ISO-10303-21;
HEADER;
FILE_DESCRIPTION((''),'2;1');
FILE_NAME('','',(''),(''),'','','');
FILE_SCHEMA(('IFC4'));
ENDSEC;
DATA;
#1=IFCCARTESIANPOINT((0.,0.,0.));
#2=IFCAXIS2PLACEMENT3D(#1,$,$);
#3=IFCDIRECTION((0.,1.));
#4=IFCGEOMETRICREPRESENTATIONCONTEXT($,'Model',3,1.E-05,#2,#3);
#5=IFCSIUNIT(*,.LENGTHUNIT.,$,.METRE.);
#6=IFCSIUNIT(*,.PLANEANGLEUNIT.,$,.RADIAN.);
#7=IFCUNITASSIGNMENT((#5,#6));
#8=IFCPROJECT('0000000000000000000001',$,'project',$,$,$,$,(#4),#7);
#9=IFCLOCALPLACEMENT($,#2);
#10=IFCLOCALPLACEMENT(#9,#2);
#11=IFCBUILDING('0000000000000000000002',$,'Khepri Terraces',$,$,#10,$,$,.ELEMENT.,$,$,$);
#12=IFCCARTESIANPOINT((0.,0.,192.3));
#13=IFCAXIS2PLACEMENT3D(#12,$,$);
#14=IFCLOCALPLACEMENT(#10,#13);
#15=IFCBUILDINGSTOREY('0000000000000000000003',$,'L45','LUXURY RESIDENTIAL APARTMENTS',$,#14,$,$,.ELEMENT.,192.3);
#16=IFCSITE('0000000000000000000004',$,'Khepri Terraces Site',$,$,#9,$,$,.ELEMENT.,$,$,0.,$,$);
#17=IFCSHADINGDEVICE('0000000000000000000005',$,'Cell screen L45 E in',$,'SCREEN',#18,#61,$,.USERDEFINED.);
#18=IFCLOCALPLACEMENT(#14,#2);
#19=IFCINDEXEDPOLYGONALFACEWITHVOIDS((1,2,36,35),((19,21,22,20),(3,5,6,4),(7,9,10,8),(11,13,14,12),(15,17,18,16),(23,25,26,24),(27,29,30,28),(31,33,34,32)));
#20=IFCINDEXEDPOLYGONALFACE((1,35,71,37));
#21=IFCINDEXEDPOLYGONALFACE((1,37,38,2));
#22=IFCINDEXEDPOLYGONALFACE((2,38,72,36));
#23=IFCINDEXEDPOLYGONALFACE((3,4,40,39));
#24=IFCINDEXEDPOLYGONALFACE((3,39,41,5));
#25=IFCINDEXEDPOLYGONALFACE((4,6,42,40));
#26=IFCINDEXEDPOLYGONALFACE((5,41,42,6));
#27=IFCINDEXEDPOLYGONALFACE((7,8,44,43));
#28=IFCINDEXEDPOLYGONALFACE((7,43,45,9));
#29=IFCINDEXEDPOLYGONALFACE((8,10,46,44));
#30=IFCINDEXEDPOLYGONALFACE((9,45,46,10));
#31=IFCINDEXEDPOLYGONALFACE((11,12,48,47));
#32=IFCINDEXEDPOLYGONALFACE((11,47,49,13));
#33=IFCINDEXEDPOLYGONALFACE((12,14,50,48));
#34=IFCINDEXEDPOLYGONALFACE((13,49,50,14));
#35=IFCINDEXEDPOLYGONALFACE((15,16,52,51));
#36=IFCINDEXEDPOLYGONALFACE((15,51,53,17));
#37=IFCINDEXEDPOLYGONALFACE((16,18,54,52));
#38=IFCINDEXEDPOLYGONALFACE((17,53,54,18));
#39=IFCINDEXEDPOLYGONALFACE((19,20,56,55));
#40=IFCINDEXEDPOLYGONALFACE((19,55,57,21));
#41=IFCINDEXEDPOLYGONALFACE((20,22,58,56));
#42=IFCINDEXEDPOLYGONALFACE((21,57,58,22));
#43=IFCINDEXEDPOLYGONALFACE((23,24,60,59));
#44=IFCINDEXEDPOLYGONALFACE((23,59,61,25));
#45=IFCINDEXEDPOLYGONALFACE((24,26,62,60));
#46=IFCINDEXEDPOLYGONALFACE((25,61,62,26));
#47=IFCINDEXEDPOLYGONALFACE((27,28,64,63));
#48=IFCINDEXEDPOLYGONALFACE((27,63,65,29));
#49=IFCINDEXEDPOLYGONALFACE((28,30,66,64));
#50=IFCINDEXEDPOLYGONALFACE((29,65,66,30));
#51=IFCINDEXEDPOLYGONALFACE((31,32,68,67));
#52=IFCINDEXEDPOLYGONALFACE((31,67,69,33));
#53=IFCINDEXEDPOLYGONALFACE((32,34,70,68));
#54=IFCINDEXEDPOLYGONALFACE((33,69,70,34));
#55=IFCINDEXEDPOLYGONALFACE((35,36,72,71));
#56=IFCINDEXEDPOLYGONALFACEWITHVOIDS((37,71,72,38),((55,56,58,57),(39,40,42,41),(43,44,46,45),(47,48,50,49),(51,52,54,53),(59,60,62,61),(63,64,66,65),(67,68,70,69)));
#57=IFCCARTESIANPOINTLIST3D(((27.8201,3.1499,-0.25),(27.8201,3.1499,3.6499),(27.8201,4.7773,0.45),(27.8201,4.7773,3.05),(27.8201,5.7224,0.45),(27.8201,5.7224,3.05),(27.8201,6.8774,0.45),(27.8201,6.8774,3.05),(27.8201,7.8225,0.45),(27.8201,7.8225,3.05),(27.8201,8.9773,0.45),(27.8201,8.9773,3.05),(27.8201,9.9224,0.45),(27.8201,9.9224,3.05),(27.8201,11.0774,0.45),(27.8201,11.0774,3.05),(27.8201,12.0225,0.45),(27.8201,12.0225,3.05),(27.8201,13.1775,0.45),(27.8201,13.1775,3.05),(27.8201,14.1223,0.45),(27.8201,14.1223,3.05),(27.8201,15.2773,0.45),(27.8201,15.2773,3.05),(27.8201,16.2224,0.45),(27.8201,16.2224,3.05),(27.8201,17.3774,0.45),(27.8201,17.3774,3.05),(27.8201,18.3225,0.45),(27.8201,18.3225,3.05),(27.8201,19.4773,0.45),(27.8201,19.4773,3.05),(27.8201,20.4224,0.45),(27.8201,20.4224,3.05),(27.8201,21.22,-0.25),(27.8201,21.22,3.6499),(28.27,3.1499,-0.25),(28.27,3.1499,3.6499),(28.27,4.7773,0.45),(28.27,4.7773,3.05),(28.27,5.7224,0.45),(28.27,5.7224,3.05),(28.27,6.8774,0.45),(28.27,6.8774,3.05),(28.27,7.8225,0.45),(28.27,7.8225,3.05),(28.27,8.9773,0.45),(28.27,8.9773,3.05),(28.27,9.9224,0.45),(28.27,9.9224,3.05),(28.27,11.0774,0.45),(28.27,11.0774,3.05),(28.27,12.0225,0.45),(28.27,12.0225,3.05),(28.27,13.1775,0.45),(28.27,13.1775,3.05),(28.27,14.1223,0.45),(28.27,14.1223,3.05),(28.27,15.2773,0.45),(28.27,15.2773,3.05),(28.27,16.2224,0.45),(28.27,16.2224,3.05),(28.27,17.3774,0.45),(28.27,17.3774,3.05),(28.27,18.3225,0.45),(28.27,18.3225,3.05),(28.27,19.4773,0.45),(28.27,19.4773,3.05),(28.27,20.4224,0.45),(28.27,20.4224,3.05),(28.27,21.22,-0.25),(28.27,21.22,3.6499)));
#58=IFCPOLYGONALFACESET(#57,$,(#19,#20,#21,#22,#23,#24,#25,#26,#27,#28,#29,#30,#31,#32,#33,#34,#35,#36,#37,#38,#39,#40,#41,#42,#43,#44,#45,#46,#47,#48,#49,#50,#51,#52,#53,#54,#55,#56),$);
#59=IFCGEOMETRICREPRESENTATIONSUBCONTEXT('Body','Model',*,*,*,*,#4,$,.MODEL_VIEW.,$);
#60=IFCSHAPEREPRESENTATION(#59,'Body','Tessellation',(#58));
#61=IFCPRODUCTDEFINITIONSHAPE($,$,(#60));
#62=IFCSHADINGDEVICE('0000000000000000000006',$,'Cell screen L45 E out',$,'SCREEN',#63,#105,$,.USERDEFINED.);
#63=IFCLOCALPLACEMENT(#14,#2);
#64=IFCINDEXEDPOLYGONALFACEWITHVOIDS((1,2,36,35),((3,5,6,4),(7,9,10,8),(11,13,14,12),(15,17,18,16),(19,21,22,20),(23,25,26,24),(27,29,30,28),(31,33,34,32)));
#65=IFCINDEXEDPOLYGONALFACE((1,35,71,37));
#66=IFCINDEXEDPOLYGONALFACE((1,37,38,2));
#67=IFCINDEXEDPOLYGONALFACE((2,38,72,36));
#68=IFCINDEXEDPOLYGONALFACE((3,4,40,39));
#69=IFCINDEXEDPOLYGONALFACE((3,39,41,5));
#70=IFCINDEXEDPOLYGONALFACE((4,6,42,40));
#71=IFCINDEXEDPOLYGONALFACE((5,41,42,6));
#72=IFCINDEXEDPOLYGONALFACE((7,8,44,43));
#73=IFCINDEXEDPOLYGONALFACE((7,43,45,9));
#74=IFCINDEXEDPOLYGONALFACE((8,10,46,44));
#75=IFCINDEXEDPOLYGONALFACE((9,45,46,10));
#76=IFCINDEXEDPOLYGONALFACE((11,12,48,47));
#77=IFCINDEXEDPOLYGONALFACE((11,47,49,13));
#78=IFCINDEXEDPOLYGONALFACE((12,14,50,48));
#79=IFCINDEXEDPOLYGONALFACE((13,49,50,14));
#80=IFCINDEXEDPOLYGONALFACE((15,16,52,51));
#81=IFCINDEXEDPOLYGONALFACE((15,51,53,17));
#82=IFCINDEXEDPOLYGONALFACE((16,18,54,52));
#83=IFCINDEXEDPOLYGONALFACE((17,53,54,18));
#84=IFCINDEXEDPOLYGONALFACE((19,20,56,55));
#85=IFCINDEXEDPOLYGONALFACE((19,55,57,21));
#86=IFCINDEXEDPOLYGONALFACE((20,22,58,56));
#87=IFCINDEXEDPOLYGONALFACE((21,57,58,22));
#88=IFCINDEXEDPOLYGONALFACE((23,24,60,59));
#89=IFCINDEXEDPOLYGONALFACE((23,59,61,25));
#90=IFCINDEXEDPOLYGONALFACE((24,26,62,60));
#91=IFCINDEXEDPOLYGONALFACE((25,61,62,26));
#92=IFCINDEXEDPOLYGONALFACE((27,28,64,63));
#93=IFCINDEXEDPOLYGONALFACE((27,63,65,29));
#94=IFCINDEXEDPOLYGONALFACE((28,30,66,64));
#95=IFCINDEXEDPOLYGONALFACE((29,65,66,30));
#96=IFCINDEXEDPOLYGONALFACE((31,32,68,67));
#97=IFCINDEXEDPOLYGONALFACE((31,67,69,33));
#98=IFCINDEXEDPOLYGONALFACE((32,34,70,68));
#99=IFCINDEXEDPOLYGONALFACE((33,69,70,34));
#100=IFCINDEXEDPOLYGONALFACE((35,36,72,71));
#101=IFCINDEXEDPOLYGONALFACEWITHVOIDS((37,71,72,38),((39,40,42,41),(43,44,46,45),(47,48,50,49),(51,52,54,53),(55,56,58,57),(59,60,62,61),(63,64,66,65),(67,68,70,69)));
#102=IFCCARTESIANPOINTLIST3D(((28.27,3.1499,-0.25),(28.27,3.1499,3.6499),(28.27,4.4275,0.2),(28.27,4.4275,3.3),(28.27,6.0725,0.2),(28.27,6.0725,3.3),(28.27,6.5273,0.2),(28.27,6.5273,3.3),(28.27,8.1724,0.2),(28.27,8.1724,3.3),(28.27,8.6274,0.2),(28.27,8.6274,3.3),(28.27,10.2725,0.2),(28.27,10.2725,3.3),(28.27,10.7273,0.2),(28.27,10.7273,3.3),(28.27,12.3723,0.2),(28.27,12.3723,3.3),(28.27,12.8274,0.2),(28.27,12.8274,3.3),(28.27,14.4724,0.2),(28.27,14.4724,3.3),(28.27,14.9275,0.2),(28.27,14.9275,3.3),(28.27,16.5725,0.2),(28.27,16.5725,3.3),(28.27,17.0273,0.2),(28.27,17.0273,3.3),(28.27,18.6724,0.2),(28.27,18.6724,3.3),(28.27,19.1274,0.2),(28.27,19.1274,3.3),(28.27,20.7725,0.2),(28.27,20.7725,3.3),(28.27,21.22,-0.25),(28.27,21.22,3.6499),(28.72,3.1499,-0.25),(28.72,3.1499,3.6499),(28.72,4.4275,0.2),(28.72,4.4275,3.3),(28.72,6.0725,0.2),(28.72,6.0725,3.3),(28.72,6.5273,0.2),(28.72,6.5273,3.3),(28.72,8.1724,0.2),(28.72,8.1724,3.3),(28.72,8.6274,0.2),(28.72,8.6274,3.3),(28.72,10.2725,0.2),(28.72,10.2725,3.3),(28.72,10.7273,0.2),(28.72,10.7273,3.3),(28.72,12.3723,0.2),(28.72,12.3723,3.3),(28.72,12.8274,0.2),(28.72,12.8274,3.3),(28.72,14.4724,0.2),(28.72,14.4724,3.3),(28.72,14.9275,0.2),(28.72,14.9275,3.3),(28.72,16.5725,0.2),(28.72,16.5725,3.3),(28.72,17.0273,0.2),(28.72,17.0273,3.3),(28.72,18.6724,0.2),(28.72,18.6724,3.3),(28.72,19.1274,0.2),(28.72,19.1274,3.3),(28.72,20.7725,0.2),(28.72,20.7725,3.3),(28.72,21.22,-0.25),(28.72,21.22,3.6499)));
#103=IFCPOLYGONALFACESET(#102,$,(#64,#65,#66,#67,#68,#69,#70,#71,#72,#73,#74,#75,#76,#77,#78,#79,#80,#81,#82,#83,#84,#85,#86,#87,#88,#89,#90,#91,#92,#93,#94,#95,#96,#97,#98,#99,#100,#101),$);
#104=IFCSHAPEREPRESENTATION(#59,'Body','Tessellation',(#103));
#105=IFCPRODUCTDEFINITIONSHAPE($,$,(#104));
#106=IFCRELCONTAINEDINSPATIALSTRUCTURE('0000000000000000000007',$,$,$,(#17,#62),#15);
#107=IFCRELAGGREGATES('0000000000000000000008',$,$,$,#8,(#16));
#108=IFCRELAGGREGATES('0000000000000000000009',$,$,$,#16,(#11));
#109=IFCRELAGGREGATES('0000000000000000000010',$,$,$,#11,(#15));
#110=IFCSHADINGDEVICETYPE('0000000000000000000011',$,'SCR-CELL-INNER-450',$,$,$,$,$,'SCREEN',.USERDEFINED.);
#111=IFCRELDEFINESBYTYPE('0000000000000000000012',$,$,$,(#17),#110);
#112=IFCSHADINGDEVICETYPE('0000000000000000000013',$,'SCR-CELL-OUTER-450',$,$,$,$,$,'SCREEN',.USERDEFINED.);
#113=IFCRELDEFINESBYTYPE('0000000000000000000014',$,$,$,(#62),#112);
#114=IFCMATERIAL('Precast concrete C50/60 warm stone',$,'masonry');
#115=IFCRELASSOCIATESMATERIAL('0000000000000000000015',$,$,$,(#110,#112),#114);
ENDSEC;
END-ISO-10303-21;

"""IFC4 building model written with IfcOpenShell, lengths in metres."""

from ifc_helpers import new_model, si_unit, direction, frame, origin, place, context, subcontext, project, spatial, polyline, outline, extrude, material, type_object, element, save


model = new_model("IFC4")

# Units and contexts
model_context = context("Model", 3, precision=1e-05, world=origin(), true_north=direction((0.0, 1.0)))
body_context = subcontext(model_context, "Body", "Model", "MODEL_VIEW")
ifc_project = project(units=[si_unit("LENGTHUNIT", "METRE"), si_unit("PLANEANGLEUNIT", "RADIAN")], contexts=[model_context])

# Site, building, storey
site_placement = place(None, origin())
site = spatial("IfcSite", under=ifc_project, at=site_placement, Name="Khepri Terraces Site", CompositionType="ELEMENT", RefElevation=0.0)
building_placement = place(site_placement, origin())
building = spatial("IfcBuilding", under=site, at=building_placement, Name="Khepri Terraces", CompositionType="ELEMENT")
storey_placement = place(building_placement, frame((0.0, 0.0, 192.3)))
storey = spatial("IfcBuildingStorey", under=building, at=storey_placement, Name="L45", Description="LUXURY RESIDENTIAL APARTMENTS", CompositionType="ELEMENT", Elevation=192.3)

# Shared definitions
ifc_material_1 = material(Name="Precast concrete C50/60 warm stone", Category="masonry")

# Shading devices
shading_device_type_1 = type_object("IfcShadingDeviceType", Name="SCR-CELL-INNER-450", ElementType="SCREEN", PredefinedType="USERDEFINED", material=ifc_material_1)
shading_device_1_placement = place(storey_placement, frame((27.8201, 3.1499, -0.25), z_axis=(1.0, 0.0, 0.0), x_axis=(0.0, 1.0, 0.0)))
element("IfcShadingDevice", 1, at=shading_device_1_placement, inside=storey, type_object=shading_device_type_1, Name="Cell screen L45 E in", ObjectType="SCREEN", PredefinedType="USERDEFINED", context=body_context, shape_type="SweptSolid", body=[
    extrude(outline(polyline([(0.0, 0.0), (18.0701, 0.0), (18.0701, 3.8999), (0.0, 3.8999), (0.0, 0.0)]), holes=[polyline([(1.6274, 0.7), (2.5725, 0.7), (2.5725, 3.3), (1.6274, 3.3), (1.6274, 0.7)]), polyline([(3.7275, 0.7), (4.6726, 0.7), (4.6726, 3.3), (3.7275, 3.3), (3.7275, 0.7)]), polyline([(5.8274, 0.7), (6.7725, 0.7), (6.7725, 3.3), (5.8274, 3.3), (5.8274, 0.7)]), polyline([(7.9275, 0.7), (8.8726, 0.7), (8.8726, 3.3), (7.9275, 3.3), (7.9275, 0.7)]), polyline([(10.0276, 0.7), (10.9724, 0.7), (10.9724, 3.3), (10.0276, 3.3), (10.0276, 0.7)]), polyline([(12.1274, 0.7), (13.0725, 0.7), (13.0725, 3.3), (12.1274, 3.3), (12.1274, 0.7)]), polyline([(14.2275, 0.7), (15.1726, 0.7), (15.1726, 3.3), (14.2275, 3.3), (14.2275, 0.7)]), polyline([(16.3274, 0.7), (17.2725, 0.7), (17.2725, 3.3), (16.3274, 3.3), (16.3274, 0.7)])]), origin(), (0.0, 0.0, 1.0), 0.45),
])
shading_device_type_2 = type_object("IfcShadingDeviceType", Name="SCR-CELL-OUTER-450", ElementType="SCREEN", PredefinedType="USERDEFINED", material=ifc_material_1)
shading_device_2_placement = place(storey_placement, frame((28.27, 3.1499, -0.25), z_axis=(1.0, 0.0, 0.0), x_axis=(0.0, 1.0, 0.0)))
element("IfcShadingDevice", 2, at=shading_device_2_placement, inside=storey, type_object=shading_device_type_2, Name="Cell screen L45 E out", ObjectType="SCREEN", PredefinedType="USERDEFINED", context=body_context, shape_type="SweptSolid", body=[
    extrude(outline(polyline([(0.0, 0.0), (18.0701, 0.0), (18.0701, 3.8999), (0.0, 3.8999), (0.0, 0.0)]), holes=[polyline([(1.2776, 0.45), (2.9226, 0.45), (2.9226, 3.55), (1.2776, 3.55), (1.2776, 0.45)]), polyline([(3.3774, 0.45), (5.0225, 0.45), (5.0225, 3.55), (3.3774, 3.55), (3.3774, 0.45)]), polyline([(5.4775, 0.45), (7.1226, 0.45), (7.1226, 3.55), (5.4775, 3.55), (5.4775, 0.45)]), polyline([(7.5774, 0.45), (9.2224, 0.45), (9.2224, 3.55), (7.5774, 3.55), (7.5774, 0.45)]), polyline([(9.6775, 0.45), (11.3225, 0.45), (11.3225, 3.55), (9.6775, 3.55), (9.6775, 0.45)]), polyline([(11.7776, 0.45), (13.4226, 0.45), (13.4226, 3.55), (11.7776, 3.55), (11.7776, 0.45)]), polyline([(13.8774, 0.45), (15.5225, 0.45), (15.5225, 3.55), (13.8774, 3.55), (13.8774, 0.45)]), polyline([(15.9775, 0.45), (17.6226, 0.45), (17.6226, 3.55), (15.9775, 3.55), (15.9775, 0.45)])]), origin(), (0.0, 0.0, 1.0), 0.45),
])

save(model, "model.ifc")
